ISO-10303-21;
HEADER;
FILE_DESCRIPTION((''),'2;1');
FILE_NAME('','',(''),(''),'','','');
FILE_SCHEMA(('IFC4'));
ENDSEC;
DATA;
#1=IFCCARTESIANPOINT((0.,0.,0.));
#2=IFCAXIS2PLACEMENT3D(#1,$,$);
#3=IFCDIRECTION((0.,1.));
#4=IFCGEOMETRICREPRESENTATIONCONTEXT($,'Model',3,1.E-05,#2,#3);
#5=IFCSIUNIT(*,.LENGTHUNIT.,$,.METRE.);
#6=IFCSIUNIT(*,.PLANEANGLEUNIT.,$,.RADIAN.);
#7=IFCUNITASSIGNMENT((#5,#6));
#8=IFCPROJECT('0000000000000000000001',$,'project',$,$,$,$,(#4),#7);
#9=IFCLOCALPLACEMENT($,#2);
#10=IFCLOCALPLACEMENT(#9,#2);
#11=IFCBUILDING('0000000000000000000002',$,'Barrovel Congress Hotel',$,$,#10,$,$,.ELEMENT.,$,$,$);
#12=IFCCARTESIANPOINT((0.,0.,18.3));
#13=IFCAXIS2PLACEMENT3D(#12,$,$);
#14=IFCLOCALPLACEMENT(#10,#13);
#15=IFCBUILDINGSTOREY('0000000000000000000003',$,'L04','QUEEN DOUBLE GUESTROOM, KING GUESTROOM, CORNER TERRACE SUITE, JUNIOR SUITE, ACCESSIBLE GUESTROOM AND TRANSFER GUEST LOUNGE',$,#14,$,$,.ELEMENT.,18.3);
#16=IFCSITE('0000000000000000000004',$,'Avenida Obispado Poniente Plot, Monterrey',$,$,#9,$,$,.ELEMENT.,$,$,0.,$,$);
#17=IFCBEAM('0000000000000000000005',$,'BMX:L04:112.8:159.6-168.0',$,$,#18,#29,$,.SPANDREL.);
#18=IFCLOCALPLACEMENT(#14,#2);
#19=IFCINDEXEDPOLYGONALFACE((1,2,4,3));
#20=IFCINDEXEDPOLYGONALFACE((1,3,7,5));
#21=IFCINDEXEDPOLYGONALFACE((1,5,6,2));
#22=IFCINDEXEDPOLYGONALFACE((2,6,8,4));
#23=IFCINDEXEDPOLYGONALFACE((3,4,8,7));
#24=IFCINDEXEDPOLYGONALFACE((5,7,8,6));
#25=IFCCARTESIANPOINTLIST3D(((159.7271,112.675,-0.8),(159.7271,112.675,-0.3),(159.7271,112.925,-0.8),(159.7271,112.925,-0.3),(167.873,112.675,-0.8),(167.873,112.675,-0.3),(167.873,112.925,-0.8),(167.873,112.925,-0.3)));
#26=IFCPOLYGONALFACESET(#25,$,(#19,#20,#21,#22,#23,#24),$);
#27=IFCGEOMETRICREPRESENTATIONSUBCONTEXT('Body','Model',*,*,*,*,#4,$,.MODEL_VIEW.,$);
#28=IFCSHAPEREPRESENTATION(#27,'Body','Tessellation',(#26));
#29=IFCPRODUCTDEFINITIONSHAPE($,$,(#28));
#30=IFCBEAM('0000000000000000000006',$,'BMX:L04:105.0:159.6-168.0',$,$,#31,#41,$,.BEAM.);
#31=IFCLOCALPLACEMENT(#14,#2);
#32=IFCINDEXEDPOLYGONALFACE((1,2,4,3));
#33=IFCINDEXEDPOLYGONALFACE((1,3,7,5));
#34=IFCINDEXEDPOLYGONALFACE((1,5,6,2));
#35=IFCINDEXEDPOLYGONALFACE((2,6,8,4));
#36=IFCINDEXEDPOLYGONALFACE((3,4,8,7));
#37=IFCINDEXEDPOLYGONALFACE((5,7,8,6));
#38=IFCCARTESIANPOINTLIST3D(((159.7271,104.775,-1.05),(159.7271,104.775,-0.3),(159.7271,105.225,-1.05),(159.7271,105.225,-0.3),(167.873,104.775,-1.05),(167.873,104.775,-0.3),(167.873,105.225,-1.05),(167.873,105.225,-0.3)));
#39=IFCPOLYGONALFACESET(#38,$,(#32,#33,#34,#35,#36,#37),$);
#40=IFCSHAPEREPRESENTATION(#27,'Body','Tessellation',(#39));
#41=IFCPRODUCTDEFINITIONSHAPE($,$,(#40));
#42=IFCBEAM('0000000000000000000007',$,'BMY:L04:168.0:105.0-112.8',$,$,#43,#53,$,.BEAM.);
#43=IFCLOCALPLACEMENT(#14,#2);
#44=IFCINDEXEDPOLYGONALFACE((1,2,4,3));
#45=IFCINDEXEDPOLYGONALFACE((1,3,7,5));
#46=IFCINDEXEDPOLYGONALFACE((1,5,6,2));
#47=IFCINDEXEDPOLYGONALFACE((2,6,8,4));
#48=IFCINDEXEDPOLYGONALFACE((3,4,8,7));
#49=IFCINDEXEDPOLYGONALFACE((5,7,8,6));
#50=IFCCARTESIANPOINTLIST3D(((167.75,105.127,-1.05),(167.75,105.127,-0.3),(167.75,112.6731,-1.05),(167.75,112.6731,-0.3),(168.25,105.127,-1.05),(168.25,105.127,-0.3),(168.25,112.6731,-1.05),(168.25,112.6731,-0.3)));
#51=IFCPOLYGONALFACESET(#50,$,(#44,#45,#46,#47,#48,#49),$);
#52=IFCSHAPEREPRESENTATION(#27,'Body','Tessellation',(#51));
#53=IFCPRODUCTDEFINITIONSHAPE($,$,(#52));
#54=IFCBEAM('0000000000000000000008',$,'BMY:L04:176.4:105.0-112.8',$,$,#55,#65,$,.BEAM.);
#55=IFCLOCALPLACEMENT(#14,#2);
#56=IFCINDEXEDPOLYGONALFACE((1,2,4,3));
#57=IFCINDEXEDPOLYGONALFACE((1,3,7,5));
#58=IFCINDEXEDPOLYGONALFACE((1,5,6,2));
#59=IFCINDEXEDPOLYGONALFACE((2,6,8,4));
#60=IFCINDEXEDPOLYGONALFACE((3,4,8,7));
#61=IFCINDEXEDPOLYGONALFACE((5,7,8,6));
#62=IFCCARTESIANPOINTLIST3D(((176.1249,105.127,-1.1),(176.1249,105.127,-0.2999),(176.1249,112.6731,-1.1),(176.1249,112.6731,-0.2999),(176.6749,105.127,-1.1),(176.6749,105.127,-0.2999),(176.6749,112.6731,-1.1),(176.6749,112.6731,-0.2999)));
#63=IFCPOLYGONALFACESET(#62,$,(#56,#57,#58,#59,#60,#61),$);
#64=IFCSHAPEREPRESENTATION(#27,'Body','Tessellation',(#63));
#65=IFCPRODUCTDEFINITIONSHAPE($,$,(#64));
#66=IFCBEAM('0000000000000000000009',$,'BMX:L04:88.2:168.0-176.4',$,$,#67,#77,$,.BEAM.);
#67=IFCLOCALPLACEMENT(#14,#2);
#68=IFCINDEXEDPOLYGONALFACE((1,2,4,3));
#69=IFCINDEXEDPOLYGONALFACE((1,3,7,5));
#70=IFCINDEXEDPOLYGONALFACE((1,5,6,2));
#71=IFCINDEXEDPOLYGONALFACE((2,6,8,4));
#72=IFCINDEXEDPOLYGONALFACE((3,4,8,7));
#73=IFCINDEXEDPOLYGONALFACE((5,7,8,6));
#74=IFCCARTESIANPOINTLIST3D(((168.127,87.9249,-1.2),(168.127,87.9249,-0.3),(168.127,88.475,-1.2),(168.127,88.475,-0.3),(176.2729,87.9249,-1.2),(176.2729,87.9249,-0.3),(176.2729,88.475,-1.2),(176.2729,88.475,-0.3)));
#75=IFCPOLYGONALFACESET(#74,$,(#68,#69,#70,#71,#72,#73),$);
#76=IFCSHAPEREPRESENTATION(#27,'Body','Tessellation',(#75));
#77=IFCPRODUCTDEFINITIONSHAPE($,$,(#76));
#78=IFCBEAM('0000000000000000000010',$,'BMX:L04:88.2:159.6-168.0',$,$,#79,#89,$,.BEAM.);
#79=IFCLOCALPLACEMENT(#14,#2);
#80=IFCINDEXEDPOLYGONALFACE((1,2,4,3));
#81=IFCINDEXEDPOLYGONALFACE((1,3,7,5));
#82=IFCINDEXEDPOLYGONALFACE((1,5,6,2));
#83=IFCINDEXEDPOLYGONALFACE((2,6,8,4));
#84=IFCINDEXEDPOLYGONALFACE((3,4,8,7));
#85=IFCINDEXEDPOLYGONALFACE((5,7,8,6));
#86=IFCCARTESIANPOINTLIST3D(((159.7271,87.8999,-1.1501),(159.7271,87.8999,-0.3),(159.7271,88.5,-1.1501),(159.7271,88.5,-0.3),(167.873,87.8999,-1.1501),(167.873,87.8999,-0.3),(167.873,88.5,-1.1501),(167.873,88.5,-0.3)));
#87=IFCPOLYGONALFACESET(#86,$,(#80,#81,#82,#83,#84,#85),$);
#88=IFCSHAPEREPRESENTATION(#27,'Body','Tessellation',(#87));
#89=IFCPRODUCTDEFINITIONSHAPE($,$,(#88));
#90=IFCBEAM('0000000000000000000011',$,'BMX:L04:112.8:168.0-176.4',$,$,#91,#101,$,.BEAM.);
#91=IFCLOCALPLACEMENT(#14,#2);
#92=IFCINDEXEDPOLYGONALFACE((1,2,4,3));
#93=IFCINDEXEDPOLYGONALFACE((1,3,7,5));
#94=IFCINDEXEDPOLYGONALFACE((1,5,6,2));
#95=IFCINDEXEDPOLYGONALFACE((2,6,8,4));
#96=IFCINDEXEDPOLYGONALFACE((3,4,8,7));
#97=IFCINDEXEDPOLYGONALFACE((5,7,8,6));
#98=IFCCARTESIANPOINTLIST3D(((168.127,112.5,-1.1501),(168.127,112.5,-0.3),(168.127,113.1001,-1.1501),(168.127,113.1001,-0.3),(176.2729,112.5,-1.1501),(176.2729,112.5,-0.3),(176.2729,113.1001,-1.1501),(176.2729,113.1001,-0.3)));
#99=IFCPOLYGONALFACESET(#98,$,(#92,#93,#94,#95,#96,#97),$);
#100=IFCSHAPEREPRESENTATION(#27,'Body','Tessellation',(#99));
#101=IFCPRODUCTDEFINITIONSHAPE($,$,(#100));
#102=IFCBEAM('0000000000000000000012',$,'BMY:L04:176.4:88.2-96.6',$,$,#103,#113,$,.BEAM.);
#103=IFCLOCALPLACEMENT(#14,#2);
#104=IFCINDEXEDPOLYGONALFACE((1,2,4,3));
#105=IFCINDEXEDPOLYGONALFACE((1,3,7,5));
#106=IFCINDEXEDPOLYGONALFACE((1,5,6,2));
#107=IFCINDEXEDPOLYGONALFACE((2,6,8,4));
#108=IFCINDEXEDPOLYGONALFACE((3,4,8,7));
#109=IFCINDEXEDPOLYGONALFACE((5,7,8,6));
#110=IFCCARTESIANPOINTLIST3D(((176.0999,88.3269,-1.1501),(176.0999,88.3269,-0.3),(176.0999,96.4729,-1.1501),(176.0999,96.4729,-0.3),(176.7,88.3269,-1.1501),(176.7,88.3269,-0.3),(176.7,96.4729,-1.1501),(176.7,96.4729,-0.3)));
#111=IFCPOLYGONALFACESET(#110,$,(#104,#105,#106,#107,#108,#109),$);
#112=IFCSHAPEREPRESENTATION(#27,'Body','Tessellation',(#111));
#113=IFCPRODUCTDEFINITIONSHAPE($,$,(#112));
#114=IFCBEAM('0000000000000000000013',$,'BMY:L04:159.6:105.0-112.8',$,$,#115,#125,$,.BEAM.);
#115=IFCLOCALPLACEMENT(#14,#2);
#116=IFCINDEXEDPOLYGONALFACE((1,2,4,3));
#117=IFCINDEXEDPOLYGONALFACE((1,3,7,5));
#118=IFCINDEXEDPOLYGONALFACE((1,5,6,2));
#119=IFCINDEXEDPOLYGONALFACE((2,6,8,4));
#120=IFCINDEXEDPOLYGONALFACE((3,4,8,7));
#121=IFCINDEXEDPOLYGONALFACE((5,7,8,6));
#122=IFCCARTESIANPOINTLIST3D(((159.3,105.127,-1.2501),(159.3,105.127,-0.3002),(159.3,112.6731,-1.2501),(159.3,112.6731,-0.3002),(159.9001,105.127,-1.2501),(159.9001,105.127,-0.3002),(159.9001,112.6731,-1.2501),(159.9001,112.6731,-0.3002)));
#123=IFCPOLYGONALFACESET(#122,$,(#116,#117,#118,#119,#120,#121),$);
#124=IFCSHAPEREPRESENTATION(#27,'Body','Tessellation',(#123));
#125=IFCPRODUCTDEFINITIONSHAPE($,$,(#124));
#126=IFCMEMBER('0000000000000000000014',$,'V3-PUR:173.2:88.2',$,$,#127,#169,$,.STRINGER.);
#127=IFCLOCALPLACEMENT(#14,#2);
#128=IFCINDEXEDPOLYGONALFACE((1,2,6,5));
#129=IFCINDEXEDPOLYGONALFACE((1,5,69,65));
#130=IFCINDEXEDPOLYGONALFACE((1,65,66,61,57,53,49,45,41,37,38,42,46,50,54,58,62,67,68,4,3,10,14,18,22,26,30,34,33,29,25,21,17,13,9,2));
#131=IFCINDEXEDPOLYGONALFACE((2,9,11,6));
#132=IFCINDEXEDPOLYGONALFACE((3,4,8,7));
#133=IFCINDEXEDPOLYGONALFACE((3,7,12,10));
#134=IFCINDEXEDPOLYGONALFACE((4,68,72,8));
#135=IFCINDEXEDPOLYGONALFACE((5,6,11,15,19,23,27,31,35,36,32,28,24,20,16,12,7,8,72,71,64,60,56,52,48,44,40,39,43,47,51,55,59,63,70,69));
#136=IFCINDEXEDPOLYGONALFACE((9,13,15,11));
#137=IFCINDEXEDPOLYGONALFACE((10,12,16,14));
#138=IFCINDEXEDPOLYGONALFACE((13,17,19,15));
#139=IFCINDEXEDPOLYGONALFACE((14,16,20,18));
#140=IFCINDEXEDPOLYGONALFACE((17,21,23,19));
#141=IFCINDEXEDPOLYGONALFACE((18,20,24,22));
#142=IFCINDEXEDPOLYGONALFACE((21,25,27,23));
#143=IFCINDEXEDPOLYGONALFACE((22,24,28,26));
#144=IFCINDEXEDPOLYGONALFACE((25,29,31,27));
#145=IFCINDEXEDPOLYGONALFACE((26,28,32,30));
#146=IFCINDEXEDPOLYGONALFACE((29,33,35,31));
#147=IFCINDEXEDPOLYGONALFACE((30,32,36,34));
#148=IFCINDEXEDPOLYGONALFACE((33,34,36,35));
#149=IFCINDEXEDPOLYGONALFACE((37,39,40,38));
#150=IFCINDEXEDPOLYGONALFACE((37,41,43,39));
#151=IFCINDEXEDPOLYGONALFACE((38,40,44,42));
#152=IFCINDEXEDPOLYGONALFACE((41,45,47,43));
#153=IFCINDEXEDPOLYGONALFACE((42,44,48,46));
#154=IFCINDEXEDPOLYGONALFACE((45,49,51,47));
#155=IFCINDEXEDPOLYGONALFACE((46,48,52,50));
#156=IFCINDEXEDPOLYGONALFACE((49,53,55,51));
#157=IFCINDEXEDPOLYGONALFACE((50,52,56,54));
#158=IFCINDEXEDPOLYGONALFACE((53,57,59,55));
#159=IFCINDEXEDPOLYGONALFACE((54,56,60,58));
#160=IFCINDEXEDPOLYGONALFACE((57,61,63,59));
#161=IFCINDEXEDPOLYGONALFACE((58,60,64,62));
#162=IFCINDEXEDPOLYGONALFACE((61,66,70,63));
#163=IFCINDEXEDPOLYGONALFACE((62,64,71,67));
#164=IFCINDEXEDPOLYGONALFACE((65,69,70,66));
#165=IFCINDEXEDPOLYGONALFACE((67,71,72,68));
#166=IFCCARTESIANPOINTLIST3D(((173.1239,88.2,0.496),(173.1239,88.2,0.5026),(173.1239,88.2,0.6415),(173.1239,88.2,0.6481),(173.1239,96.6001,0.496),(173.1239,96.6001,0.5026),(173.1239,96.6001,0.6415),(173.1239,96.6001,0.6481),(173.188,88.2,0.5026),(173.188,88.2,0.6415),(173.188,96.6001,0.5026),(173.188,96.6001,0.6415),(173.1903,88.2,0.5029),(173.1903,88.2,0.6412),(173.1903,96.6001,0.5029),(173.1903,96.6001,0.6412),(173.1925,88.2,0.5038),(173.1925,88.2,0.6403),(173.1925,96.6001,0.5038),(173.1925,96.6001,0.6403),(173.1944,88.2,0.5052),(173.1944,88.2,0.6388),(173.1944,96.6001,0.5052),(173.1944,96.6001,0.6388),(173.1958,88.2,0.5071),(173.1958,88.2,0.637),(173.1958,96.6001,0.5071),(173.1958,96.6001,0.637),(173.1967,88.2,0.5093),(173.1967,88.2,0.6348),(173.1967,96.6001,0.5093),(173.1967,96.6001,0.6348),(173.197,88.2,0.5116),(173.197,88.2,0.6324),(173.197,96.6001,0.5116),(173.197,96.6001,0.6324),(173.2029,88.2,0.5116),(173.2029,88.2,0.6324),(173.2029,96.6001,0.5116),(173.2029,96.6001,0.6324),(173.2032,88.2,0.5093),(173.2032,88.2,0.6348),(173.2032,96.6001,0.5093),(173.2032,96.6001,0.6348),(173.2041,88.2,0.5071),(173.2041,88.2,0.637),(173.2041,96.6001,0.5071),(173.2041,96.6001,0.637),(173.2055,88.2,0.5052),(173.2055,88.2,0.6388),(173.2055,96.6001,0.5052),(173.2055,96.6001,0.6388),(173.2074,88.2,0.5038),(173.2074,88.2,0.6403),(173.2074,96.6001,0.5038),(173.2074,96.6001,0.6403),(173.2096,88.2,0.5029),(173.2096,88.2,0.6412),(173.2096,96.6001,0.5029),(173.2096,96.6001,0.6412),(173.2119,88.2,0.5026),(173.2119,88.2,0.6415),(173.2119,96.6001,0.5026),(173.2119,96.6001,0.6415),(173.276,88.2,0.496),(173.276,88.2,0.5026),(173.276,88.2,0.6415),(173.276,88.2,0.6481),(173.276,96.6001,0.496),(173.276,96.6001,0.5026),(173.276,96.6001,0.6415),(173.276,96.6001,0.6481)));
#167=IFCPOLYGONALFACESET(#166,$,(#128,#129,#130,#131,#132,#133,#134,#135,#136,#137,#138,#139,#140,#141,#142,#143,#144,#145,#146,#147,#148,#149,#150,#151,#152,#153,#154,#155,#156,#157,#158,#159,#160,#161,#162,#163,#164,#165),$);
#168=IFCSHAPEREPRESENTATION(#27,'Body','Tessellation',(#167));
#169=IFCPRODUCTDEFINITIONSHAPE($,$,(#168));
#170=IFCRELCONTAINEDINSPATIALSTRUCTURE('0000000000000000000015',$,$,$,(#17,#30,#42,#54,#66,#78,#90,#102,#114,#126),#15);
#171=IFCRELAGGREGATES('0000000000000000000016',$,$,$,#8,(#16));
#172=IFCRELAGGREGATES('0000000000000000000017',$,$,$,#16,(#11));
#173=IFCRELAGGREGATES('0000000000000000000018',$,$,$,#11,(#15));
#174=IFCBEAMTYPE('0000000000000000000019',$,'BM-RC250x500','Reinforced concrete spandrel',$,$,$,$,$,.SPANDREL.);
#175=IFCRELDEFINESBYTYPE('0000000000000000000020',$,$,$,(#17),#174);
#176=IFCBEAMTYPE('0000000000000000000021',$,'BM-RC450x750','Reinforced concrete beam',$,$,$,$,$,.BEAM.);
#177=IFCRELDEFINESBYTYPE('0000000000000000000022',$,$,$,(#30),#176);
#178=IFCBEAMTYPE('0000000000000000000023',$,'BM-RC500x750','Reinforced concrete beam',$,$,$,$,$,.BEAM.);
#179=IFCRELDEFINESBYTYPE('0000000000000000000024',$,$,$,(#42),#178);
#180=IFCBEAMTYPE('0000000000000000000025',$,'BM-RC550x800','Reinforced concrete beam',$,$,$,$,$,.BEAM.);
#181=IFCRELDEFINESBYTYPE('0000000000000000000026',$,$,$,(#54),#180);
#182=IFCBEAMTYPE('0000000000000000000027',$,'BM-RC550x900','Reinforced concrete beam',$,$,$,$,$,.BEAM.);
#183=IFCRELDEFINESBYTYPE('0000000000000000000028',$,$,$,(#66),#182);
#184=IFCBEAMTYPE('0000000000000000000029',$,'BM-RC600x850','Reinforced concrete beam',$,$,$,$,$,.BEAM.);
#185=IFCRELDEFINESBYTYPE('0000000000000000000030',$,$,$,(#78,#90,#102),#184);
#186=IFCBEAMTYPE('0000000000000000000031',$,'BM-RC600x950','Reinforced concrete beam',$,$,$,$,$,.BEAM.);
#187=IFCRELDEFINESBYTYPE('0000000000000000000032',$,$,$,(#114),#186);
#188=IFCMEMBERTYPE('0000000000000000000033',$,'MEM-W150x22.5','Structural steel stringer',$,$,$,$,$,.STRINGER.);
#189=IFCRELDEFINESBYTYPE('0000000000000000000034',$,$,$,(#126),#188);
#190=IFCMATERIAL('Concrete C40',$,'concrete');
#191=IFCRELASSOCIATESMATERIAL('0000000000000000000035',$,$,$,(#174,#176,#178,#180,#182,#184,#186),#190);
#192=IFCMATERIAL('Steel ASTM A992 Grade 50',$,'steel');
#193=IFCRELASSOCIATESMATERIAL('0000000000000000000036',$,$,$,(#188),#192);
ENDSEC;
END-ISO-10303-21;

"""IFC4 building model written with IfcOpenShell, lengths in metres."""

from ifc_helpers import new_model, si_unit, direction, frame, origin, origin_2d, place, context, subcontext, project, spatial, rectangle, i_section, extrude, material, material_profile, profile_set, type_object, element, save


model = new_model("IFC4")

# Units and contexts
model_context = context("Model", 3, precision=1e-05, world=origin(), true_north=direction((0.0, 1.0)))
body_context = subcontext(model_context, "Body", "Model", "MODEL_VIEW")
ifc_project = project(units=[si_unit("LENGTHUNIT", "METRE"), si_unit("PLANEANGLEUNIT", "RADIAN")], contexts=[model_context])

# Site, building, storey
site_placement = place(None, origin())
site = spatial("IfcSite", under=ifc_project, at=site_placement, Name="Avenida Obispado Poniente Plot, Monterrey", CompositionType="ELEMENT", RefElevation=0.0)
building_placement = place(site_placement, origin())
building = spatial("IfcBuilding", under=site, at=building_placement, Name="Barrovel Congress Hotel", CompositionType="ELEMENT")
storey_placement = place(building_placement, frame((0.0, 0.0, 18.3)))
storey = spatial("IfcBuildingStorey", under=building, at=storey_placement, Name="L04", Description="QUEEN DOUBLE GUESTROOM, KING GUESTROOM, CORNER TERRACE SUITE, JUNIOR SUITE, ACCESSIBLE GUESTROOM AND TRANSFER GUEST LOUNGE", CompositionType="ELEMENT", Elevation=18.3)

# Beams
ifc_material_1 = material(Name="Concrete C40", Category="concrete")
ifc_material_profile_1 = material_profile(ifc_material_1, rectangle(XDim=0.25, YDim=0.5, at=origin_2d()), Name="RC250x500")
ifc_profile_set_1 = profile_set([ifc_material_profile_1], Name="Concrete C40")
beam_type_1 = type_object("IfcBeamType", Name="BM-RC250x500", Description="Reinforced concrete spandrel", PredefinedType="SPANDREL", material=ifc_profile_set_1)
beam_1_placement = place(storey_placement, frame((159.7271, 112.8, -0.55), z_axis=(1.0, 0.0, 0.0), x_axis=(0.0, 1.0, 0.0)))
element("IfcBeam", 1, at=beam_1_placement, inside=storey, type_object=beam_type_1, Name="BMX:L04:112.8:159.6-168.0", PredefinedType="SPANDREL", context=body_context, shape_type="SweptSolid", body=[
    extrude(rectangle(XDim=0.25, YDim=0.5, at=origin_2d()), origin(), (0.0, 0.0, 1.0), 8.146),
])
ifc_material_profile_2 = material_profile(ifc_material_1, rectangle(XDim=0.45, YDim=0.75, at=origin_2d()), Name="RC450x750")
ifc_profile_set_2 = profile_set([ifc_material_profile_2], Name="Concrete C40")
beam_type_2 = type_object("IfcBeamType", Name="BM-RC450x750", Description="Reinforced concrete beam", PredefinedType="BEAM", material=ifc_profile_set_2)
beam_2_placement = place(storey_placement, frame((159.7271, 105.0, -0.675), z_axis=(1.0, 0.0, 0.0), x_axis=(0.0, 1.0, 0.0)))
element("IfcBeam", 2, at=beam_2_placement, inside=storey, type_object=beam_type_2, Name="BMX:L04:105.0:159.6-168.0", PredefinedType="BEAM", context=body_context, shape_type="SweptSolid", body=[
    extrude(rectangle(XDim=0.45, YDim=0.75, at=origin_2d()), origin(), (0.0, 0.0, 1.0), 8.146),
])
ifc_material_profile_3 = material_profile(ifc_material_1, rectangle(XDim=0.5, YDim=0.75, at=origin_2d()), Name="RC500x750")
ifc_profile_set_3 = profile_set([ifc_material_profile_3], Name="Concrete C40")
beam_type_3 = type_object("IfcBeamType", Name="BM-RC500x750", Description="Reinforced concrete beam", PredefinedType="BEAM", material=ifc_profile_set_3)
beam_3_placement = place(storey_placement, frame((168.0, 105.127, -0.675), z_axis=(0.0, 1.0, 0.0), x_axis=(-1.0, 0.0, 0.0)))
element("IfcBeam", 3, at=beam_3_placement, inside=storey, type_object=beam_type_3, Name="BMY:L04:168.0:105.0-112.8", PredefinedType="BEAM", context=body_context, shape_type="SweptSolid", body=[
    extrude(rectangle(XDim=0.5, YDim=0.75, at=origin_2d()), origin(), (0.0, 0.0, 1.0), 7.5461),
])
ifc_material_profile_4 = material_profile(ifc_material_1, rectangle(XDim=0.55, YDim=0.8, at=origin_2d()), Name="RC550x800")
ifc_profile_set_4 = profile_set([ifc_material_profile_4], Name="Concrete C40")
beam_type_4 = type_object("IfcBeamType", Name="BM-RC550x800", Description="Reinforced concrete beam", PredefinedType="BEAM", material=ifc_profile_set_4)
beam_4_placement = place(storey_placement, frame((176.3999, 105.127, -0.7), z_axis=(0.0, 1.0, 0.0), x_axis=(-1.0, 0.0, 0.0)))
element("IfcBeam", 4, at=beam_4_placement, inside=storey, type_object=beam_type_4, Name="BMY:L04:176.4:105.0-112.8", PredefinedType="BEAM", context=body_context, shape_type="SweptSolid", body=[
    extrude(rectangle(XDim=0.55, YDim=0.8, at=origin_2d()), origin(), (0.0, 0.0, 1.0), 7.5461),
])
ifc_material_profile_5 = material_profile(ifc_material_1, rectangle(XDim=0.55, YDim=0.8999, at=origin_2d()), Name="RC550x900")
ifc_profile_set_5 = profile_set([ifc_material_profile_5], Name="Concrete C40")
beam_type_5 = type_object("IfcBeamType", Name="BM-RC550x900", Description="Reinforced concrete beam", PredefinedType="BEAM", material=ifc_profile_set_5)
beam_5_placement = place(storey_placement, frame((168.127, 88.2, -0.75), z_axis=(1.0, 0.0, 0.0), x_axis=(0.0, 1.0, 0.0)))
element("IfcBeam", 5, at=beam_5_placement, inside=storey, type_object=beam_type_5, Name="BMX:L04:88.2:168.0-176.4", PredefinedType="BEAM", context=body_context, shape_type="SweptSolid", body=[
    extrude(rectangle(XDim=0.55, YDim=0.8999, at=origin_2d()), origin(), (0.0, 0.0, 1.0), 8.146),
])
ifc_material_profile_6 = material_profile(ifc_material_1, rectangle(XDim=0.6001, YDim=0.8501, at=origin_2d()), Name="RC600x850")
ifc_profile_set_6 = profile_set([ifc_material_profile_6], Name="Concrete C40")
beam_type_6 = type_object("IfcBeamType", Name="BM-RC600x850", Description="Reinforced concrete beam", PredefinedType="BEAM", material=ifc_profile_set_6)
for number, where, z_axis, x_axis, name in (
    (6, (159.7271, 88.2, -0.7251), (1.0, 0.0, 0.0), (0.0, 1.0, 0.0), "BMX:L04:88.2:159.6-168.0"),
    (7, (168.127, 112.8, -0.7251), (1.0, 0.0, 0.0), (0.0, 1.0, 0.0), "BMX:L04:112.8:168.0-176.4"),
    (8, (176.3999, 88.3269, -0.7251), (0.0, 1.0, 0.0), (-1.0, 0.0, 0.0), "BMY:L04:176.4:88.2-96.6"),
):
    element("IfcBeam", number, at=place(storey_placement, frame(where, z_axis=z_axis, x_axis=x_axis)), inside=storey, type_object=beam_type_6, Name=name, PredefinedType="BEAM", context=body_context, shape_type="SweptSolid", body=[
        extrude(rectangle(XDim=0.6001, YDim=0.8501, at=origin_2d()), origin(), (0.0, 0.0, 1.0), 8.146),
    ])
ifc_material_profile_7 = material_profile(ifc_material_1, rectangle(XDim=0.6001, YDim=0.95, at=origin_2d()), Name="RC600x950")
ifc_profile_set_7 = profile_set([ifc_material_profile_7], Name="Concrete C40")
beam_type_7 = type_object("IfcBeamType", Name="BM-RC600x950", Description="Reinforced concrete beam", PredefinedType="BEAM", material=ifc_profile_set_7)
beam_6_placement = place(storey_placement, frame((159.6001, 105.127, -0.7751), z_axis=(0.0, 1.0, 0.0), x_axis=(-1.0, 0.0, 0.0)))
element("IfcBeam", 9, at=beam_6_placement, inside=storey, type_object=beam_type_7, Name="BMY:L04:159.6:105.0-112.8", PredefinedType="BEAM", context=body_context, shape_type="SweptSolid", body=[
    extrude(rectangle(XDim=0.6001, YDim=0.95, at=origin_2d()), origin(), (0.0, 0.0, 1.0), 7.5461),
])

# Member
ifc_material_2 = material(Name="Steel ASTM A992 Grade 50", Category="steel")
ifc_material_profile_8 = material_profile(ifc_material_2, i_section(OverallWidth=0.1521, OverallDepth=0.1521, WebThickness=0.0059, FlangeThickness=0.0066, FilletRadius=0.009, at=origin_2d()), Name="W150x22.5")
ifc_profile_set_8 = profile_set([ifc_material_profile_8], Name="Steel ASTM A992 Grade 50")
member_type_1 = type_object("IfcMemberType", Name="MEM-W150x22.5", Description="Structural steel stringer", PredefinedType="STRINGER", material=ifc_profile_set_8)
member_1_placement = place(storey_placement, frame((173.2, 88.2, 0.572), z_axis=(0.0, 1.0, 0.0), x_axis=(-1.0, 0.0, 0.0)))
element("IfcMember", 10, at=member_1_placement, inside=storey, type_object=member_type_1, Name="V3-PUR:173.2:88.2", PredefinedType="STRINGER", context=body_context, shape_type="SweptSolid", body=[
    extrude(i_section(OverallWidth=0.1521, OverallDepth=0.1521, WebThickness=0.0059, FlangeThickness=0.0066, FilletRadius=0.009, at=origin_2d()), origin(), (0.0, 0.0, 1.0), 8.4001),
])

save(model, "model.ifc")
